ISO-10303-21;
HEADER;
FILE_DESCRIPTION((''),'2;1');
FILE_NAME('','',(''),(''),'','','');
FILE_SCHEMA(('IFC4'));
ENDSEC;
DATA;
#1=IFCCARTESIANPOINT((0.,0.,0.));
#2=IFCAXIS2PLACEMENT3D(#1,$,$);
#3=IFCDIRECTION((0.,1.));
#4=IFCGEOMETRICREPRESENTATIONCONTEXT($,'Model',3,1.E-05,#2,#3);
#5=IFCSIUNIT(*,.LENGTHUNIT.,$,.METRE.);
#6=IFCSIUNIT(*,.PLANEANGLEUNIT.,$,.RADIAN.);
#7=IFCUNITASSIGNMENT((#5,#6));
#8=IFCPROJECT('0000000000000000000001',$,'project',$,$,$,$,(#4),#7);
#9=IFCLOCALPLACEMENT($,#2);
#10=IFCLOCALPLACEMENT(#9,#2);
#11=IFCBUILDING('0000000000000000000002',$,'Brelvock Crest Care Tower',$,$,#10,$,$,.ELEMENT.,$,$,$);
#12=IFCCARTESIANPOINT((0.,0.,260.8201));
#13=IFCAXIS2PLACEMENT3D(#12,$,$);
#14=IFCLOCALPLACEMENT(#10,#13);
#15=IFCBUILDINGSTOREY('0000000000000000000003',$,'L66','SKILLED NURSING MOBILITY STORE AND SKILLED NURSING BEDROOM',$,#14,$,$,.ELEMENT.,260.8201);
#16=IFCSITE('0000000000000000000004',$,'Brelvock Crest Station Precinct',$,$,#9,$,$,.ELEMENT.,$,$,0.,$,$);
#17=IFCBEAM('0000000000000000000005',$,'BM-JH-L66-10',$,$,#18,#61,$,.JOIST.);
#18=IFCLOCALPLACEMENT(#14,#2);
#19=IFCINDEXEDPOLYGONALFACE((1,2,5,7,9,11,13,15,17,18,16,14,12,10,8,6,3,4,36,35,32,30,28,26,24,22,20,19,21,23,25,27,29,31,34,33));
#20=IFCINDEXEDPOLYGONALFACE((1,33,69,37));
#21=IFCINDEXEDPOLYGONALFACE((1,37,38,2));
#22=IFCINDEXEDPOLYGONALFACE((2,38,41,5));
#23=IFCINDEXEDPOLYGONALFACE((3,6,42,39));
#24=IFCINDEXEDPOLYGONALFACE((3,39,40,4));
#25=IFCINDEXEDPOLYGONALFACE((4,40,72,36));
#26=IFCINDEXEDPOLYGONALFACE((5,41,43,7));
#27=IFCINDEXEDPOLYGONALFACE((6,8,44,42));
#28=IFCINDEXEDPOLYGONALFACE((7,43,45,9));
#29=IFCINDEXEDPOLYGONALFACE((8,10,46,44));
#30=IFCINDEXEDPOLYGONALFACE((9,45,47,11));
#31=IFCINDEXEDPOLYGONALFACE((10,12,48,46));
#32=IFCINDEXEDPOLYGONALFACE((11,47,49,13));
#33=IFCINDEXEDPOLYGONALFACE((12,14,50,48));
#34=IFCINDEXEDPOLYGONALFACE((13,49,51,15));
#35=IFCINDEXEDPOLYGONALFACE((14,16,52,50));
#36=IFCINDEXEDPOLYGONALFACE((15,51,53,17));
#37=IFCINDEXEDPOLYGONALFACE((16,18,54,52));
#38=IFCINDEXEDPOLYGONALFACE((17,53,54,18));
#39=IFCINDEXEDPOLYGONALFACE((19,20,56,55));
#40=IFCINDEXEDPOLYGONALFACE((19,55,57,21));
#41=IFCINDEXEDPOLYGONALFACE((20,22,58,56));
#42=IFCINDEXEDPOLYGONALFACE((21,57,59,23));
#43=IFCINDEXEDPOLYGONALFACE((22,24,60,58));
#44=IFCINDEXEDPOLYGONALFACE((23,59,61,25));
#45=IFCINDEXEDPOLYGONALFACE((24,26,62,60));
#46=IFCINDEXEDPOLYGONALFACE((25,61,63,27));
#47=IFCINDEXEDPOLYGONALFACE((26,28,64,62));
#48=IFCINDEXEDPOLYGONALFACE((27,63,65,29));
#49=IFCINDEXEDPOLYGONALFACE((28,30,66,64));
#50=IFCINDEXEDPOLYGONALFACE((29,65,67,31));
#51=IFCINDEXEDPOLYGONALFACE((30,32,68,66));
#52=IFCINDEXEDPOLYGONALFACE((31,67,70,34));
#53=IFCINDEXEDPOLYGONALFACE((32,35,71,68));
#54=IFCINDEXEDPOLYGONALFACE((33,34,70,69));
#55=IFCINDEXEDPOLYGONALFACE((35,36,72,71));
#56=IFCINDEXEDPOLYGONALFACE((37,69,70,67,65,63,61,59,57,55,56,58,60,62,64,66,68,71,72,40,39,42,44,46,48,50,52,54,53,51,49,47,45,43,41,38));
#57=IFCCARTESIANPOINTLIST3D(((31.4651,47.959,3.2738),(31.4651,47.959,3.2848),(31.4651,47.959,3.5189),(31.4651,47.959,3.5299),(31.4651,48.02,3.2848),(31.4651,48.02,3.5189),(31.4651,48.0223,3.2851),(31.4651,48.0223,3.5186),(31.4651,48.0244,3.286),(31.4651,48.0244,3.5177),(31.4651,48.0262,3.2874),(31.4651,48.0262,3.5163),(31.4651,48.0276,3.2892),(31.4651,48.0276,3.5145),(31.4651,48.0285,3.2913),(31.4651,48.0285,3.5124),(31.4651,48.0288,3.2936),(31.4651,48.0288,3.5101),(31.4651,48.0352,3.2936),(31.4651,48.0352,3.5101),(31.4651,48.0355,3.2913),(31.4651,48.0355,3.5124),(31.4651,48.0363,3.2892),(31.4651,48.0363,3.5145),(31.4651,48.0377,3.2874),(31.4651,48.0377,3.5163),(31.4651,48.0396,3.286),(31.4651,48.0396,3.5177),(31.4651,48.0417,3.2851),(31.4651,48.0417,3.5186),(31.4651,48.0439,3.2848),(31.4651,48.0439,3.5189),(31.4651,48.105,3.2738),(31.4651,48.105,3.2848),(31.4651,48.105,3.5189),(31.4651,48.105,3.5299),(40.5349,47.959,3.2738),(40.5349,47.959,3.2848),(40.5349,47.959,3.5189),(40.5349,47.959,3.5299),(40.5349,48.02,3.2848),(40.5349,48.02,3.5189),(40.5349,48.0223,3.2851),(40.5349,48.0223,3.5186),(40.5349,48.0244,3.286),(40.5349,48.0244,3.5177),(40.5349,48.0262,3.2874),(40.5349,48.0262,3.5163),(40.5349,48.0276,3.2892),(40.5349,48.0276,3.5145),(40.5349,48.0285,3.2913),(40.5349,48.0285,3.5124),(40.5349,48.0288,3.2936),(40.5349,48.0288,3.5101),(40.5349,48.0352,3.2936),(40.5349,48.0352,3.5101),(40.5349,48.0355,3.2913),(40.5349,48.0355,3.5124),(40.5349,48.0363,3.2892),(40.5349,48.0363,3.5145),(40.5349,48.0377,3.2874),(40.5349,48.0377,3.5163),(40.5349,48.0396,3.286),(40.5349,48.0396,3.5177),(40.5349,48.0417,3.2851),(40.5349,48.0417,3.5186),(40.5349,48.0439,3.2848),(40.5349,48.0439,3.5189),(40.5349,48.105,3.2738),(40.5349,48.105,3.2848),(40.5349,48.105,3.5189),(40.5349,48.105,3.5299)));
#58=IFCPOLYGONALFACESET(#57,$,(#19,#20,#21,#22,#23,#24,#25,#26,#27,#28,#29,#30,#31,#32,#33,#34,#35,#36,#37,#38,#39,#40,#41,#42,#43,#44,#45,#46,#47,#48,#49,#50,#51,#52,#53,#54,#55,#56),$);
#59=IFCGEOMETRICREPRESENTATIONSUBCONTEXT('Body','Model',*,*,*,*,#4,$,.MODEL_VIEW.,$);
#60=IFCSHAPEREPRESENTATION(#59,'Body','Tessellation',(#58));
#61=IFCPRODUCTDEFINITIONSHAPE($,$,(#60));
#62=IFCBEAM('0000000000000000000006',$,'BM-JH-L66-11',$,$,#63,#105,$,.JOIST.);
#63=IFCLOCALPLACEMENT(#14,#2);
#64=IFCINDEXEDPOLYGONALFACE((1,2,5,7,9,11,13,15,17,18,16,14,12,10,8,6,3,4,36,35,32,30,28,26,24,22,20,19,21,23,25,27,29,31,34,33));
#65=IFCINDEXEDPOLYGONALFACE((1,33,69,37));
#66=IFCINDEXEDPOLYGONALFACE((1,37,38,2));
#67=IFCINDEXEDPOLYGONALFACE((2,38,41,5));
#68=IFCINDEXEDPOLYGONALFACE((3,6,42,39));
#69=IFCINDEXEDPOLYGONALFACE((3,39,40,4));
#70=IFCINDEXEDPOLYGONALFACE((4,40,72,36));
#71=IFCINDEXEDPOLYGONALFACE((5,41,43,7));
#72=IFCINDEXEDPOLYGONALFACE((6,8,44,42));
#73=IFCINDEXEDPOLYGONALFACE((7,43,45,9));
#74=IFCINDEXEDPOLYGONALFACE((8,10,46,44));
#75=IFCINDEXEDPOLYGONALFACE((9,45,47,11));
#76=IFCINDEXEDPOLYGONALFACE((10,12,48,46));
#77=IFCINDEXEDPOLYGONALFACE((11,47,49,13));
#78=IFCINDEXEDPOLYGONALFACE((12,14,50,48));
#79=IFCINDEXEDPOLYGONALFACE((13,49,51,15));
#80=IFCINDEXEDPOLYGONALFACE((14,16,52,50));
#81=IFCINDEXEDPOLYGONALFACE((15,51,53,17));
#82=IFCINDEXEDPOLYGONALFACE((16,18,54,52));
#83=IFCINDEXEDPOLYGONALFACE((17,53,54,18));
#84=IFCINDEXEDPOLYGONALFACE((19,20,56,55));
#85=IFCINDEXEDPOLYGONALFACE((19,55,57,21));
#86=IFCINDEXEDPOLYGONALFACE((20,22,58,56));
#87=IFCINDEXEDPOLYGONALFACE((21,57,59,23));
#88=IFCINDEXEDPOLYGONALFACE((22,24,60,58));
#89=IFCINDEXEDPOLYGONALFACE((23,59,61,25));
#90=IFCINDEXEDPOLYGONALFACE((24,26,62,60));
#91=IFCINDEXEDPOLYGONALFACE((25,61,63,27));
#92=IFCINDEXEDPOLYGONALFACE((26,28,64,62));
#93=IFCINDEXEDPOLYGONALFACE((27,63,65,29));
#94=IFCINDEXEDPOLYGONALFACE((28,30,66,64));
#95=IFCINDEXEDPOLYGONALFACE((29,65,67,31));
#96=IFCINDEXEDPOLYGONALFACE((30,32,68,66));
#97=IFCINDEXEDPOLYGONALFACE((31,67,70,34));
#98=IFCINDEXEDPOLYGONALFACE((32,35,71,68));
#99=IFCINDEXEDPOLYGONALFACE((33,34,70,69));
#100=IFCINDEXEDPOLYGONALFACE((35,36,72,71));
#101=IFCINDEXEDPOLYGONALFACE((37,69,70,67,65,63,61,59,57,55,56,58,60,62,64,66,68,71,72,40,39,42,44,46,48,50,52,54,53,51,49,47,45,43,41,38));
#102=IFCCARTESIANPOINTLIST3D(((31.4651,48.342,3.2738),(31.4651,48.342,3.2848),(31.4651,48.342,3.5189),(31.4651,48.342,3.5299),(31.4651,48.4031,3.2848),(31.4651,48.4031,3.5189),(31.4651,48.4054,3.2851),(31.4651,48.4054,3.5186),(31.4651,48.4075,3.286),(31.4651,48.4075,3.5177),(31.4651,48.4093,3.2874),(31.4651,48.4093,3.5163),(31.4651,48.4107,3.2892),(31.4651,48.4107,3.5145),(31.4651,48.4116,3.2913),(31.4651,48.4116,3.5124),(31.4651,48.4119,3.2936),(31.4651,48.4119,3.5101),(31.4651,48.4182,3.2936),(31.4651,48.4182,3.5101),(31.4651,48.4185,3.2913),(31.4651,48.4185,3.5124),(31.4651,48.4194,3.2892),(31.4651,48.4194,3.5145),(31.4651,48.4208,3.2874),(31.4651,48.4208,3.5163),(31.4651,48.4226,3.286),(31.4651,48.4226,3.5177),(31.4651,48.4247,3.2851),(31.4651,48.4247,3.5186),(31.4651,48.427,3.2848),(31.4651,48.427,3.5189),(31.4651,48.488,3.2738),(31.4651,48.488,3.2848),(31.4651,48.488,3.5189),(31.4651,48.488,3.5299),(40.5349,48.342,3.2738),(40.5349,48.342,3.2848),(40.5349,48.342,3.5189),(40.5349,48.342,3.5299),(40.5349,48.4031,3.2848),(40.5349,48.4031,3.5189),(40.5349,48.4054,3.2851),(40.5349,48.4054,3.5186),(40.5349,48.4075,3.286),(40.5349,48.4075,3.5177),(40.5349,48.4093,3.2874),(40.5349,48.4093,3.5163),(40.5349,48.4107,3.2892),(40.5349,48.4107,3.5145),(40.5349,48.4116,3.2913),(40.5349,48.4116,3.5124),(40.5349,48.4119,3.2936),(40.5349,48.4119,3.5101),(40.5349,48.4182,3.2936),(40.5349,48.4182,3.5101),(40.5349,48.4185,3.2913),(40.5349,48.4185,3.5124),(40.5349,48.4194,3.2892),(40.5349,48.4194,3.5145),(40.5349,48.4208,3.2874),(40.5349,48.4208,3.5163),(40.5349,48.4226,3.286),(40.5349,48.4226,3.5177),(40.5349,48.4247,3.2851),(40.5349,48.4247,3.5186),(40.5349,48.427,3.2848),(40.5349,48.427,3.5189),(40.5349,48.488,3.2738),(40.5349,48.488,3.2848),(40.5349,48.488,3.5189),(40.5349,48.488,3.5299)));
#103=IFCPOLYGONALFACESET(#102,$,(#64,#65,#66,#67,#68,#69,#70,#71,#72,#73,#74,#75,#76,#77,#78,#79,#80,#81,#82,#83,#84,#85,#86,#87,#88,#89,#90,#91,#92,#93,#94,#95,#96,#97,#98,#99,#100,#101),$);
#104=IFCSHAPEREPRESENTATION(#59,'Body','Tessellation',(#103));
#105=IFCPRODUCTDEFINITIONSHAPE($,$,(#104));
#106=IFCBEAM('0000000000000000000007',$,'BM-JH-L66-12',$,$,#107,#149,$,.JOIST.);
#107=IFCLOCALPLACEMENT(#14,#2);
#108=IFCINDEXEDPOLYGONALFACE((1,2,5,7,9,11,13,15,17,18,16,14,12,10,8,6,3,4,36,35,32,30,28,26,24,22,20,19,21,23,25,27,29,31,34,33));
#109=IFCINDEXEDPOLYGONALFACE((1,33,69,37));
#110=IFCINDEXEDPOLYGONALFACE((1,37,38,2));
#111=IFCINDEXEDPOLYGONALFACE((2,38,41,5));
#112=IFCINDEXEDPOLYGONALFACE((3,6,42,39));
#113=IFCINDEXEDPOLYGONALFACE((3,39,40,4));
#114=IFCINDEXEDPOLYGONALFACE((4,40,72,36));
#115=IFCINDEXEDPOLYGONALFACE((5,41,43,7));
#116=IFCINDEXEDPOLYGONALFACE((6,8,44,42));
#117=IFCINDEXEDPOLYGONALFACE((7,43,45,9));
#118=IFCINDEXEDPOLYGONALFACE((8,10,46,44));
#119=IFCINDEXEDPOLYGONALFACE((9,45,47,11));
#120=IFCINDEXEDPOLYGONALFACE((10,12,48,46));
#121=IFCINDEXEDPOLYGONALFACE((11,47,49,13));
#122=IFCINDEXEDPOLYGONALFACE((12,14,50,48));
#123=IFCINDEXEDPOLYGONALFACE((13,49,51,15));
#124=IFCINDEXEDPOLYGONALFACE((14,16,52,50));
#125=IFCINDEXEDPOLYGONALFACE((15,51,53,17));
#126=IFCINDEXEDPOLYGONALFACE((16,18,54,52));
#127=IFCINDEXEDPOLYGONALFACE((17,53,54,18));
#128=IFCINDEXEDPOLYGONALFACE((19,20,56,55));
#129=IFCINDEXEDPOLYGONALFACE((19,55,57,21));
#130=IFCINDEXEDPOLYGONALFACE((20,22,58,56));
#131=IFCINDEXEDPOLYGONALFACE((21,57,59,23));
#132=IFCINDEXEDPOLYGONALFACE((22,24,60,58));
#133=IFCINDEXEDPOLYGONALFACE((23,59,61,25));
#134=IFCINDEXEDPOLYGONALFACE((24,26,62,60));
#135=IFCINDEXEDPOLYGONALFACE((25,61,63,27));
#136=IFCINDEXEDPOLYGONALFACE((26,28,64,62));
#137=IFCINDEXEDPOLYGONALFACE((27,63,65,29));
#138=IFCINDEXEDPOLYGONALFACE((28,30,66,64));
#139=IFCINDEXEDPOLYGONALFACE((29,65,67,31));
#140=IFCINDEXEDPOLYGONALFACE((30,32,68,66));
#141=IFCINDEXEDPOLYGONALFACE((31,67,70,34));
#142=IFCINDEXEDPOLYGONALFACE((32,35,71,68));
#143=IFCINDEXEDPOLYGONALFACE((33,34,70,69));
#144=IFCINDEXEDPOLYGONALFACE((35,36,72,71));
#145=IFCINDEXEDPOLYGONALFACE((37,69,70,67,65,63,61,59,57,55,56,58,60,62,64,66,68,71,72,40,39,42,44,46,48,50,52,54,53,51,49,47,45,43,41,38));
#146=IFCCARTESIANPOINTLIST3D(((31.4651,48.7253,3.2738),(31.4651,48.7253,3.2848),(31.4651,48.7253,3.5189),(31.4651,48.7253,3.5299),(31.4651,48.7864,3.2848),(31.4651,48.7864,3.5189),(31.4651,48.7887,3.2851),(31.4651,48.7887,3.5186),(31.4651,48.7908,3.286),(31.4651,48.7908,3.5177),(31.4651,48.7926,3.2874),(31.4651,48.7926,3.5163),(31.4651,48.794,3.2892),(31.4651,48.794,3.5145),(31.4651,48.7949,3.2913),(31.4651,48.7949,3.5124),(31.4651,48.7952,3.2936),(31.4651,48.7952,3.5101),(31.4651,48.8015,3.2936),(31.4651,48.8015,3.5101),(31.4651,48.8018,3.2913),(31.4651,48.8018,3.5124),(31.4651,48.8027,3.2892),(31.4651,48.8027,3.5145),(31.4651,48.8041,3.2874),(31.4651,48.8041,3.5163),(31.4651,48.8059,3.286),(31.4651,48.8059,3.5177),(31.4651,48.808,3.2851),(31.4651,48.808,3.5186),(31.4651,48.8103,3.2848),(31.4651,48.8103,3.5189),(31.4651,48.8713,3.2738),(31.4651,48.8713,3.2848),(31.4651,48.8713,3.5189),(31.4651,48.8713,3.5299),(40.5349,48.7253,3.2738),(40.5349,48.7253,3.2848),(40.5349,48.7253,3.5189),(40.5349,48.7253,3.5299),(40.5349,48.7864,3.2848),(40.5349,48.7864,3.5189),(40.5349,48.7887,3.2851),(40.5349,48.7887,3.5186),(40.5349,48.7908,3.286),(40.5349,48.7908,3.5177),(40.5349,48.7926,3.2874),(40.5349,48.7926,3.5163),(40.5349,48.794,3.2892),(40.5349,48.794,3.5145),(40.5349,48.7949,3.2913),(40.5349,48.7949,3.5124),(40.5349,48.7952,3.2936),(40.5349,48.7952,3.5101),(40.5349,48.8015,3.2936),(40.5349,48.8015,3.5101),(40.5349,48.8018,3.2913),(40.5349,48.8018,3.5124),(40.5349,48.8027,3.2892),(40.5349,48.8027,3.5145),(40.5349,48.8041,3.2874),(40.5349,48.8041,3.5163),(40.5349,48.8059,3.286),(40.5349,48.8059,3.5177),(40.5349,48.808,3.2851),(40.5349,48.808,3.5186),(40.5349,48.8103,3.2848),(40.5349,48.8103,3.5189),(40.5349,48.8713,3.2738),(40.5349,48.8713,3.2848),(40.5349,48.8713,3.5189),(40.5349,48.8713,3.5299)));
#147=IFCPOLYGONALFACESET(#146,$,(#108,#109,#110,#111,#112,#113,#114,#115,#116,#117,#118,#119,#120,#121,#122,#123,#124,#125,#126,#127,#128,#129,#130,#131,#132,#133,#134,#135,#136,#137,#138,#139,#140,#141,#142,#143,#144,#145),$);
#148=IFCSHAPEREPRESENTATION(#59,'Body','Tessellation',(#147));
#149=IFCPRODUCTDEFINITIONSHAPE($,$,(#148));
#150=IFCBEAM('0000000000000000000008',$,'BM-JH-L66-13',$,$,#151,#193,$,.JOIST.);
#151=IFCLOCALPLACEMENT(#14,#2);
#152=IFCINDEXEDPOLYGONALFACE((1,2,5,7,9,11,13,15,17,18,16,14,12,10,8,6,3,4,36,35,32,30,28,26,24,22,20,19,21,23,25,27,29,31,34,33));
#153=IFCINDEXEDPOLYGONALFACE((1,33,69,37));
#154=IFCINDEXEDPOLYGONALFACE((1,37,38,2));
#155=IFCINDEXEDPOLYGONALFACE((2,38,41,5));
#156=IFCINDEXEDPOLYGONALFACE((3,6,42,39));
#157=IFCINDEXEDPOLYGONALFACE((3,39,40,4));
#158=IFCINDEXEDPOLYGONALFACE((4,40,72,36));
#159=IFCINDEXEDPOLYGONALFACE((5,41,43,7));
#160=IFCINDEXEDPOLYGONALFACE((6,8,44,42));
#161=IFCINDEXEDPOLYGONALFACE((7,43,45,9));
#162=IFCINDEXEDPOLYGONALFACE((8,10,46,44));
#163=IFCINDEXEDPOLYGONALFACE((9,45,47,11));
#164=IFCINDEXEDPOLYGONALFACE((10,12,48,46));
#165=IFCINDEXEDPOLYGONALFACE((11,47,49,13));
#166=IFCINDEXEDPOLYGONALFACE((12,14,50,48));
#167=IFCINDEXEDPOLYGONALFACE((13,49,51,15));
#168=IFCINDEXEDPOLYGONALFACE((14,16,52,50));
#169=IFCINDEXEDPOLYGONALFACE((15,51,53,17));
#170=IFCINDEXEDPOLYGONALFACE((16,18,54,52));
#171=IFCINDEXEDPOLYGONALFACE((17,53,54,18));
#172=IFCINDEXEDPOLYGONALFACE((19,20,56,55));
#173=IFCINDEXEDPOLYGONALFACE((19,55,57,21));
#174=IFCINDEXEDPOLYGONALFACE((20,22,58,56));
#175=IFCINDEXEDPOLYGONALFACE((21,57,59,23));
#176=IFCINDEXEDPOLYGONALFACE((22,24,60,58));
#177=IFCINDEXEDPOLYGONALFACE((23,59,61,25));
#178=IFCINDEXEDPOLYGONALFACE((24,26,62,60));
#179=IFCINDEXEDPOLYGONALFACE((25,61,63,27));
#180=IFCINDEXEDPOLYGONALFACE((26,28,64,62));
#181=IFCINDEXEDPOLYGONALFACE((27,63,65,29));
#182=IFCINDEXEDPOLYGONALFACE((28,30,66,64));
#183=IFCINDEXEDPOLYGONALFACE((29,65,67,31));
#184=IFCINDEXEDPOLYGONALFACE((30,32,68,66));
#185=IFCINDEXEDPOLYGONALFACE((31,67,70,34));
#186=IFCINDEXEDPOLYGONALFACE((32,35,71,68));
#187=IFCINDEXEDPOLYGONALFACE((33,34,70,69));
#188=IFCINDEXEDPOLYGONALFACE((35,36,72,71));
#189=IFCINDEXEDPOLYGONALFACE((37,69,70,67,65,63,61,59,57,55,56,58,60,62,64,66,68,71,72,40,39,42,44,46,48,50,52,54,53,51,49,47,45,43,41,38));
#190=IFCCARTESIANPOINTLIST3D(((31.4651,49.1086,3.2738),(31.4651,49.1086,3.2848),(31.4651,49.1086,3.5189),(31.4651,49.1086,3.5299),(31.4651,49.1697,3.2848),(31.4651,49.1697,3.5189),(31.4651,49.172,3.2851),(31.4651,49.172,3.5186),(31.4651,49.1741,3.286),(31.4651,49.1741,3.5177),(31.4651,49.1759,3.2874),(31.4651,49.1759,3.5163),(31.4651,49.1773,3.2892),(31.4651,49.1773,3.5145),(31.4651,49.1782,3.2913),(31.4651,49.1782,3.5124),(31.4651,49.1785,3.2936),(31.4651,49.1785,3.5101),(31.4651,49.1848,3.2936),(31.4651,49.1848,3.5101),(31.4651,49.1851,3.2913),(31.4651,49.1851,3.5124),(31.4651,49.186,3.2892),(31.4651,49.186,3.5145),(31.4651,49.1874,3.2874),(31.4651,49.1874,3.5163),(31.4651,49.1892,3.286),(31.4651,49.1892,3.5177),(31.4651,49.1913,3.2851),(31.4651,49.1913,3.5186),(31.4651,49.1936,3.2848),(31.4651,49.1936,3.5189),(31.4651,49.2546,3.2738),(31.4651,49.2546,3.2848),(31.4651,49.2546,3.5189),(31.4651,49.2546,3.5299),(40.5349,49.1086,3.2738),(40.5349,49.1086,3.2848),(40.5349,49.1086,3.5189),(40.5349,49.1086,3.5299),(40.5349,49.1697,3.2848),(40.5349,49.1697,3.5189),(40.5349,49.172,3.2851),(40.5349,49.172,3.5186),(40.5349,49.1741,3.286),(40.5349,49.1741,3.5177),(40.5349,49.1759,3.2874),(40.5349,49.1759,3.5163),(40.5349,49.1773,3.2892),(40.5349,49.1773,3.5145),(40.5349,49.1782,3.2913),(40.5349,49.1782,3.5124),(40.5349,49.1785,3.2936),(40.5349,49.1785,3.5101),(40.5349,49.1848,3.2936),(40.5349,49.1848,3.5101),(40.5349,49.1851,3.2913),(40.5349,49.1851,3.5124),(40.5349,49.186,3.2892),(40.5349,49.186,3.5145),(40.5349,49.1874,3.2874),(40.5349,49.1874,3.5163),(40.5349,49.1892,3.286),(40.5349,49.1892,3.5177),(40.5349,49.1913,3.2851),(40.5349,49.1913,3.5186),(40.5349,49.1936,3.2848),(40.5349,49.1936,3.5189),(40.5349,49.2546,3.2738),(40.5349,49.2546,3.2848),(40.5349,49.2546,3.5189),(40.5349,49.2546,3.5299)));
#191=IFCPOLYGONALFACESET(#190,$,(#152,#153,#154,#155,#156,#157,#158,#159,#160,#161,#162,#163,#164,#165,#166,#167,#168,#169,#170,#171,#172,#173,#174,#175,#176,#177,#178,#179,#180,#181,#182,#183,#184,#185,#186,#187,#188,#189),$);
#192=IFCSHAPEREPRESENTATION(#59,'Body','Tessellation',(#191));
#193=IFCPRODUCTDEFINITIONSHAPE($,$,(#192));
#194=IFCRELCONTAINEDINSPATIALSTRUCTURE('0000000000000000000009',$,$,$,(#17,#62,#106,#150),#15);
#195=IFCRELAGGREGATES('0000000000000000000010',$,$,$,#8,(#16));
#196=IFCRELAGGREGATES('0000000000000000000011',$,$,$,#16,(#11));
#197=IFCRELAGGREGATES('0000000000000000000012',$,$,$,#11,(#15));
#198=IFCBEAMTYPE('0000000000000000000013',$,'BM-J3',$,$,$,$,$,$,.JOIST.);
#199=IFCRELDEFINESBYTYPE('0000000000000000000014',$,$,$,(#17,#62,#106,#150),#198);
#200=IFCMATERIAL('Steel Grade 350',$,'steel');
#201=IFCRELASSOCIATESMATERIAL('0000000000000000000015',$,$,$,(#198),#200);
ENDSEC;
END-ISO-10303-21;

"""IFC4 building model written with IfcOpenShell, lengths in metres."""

from ifc_helpers import new_model, si_unit, direction, frame, origin, origin_2d, place, context, subcontext, project, spatial, i_section, extrude, source, transform, mapped, material, material_profile, profile_set, type_object, element, save


model = new_model("IFC4")

# Units and contexts
model_context = context("Model", 3, precision=1e-05, world=origin(), true_north=direction((0.0, 1.0)))
body_context = subcontext(model_context, "Body", "Model", "MODEL_VIEW")
ifc_project = project(units=[si_unit("LENGTHUNIT", "METRE"), si_unit("PLANEANGLEUNIT", "RADIAN")], contexts=[model_context])

# Site, building, storey
site_placement = place(None, origin())
site = spatial("IfcSite", under=ifc_project, at=site_placement, Name="Brelvock Crest Station Precinct", CompositionType="ELEMENT", RefElevation=0.0)
building_placement = place(site_placement, origin())
building = spatial("IfcBuilding", under=site, at=building_placement, Name="Brelvock Crest Care Tower", CompositionType="ELEMENT")
storey_placement = place(building_placement, frame((0.0, 0.0, 260.8201)))
storey = spatial("IfcBuildingStorey", under=building, at=storey_placement, Name="L66", Description="SKILLED NURSING MOBILITY STORE AND SKILLED NURSING BEDROOM", CompositionType="ELEMENT", Elevation=260.8201)

# Beams
ifc_material_1 = material(Name="Steel Grade 350", Category="steel")
ifc_material_profile_1 = material_profile(ifc_material_1, i_section(OverallWidth=0.146, OverallDepth=0.2561, WebThickness=0.0063, FlangeThickness=0.011, FilletRadius=0.0088, at=origin_2d()), Name="250UB37.3")
ifc_profile_set_1 = profile_set([ifc_material_profile_1], Name="Steel Grade 350")
beam_type_1 = type_object("IfcBeamType", Name="BM-J3", PredefinedType="JOIST", material=ifc_profile_set_1)
shared_shape_1 = source(origin(), body_context, "Body", "SweptSolid", [
    extrude(i_section(OverallWidth=0.146, OverallDepth=0.2561, WebThickness=0.0063, FlangeThickness=0.011, FilletRadius=0.0088, at=origin_2d()), origin(), (0.0, 0.0, 1.0), 9.0698),
])
for number, where, z_axis, x_axis, name in (
    (1, (31.4651, 48.032, 3.4019), (1.0, 0.0, 0.0), (0.0, 1.0, 0.0), "BM-JH-L66-10"),
    (2, (31.4651, 48.415, 3.4019), (1.0, 0.0, 0.0), (0.0, 1.0, 0.0), "BM-JH-L66-11"),
    (3, (31.4651, 48.7983, 3.4019), (1.0, 0.0, 0.0), (0.0, 1.0, 0.0), "BM-JH-L66-12"),
    (4, (31.4651, 49.1816, 3.4019), (1.0, 0.0, 0.0), (0.0, 1.0, 0.0), "BM-JH-L66-13"),
):
    element("IfcBeam", number, at=place(storey_placement, frame(where, z_axis=z_axis, x_axis=x_axis)), inside=storey, type_object=beam_type_1, Name=name, PredefinedType="JOIST", context=body_context, shape_type="MappedRepresentation", body=[
        mapped(shared_shape_1, transform((0.0, 0.0, 0.0), x_axis=(1.0, 0.0, 0.0), y_axis=(0.0, 1.0, 0.0), z_axis=(0.0, 0.0, 1.0), scale=1.0)),
    ])

save(model, "model.ifc")
